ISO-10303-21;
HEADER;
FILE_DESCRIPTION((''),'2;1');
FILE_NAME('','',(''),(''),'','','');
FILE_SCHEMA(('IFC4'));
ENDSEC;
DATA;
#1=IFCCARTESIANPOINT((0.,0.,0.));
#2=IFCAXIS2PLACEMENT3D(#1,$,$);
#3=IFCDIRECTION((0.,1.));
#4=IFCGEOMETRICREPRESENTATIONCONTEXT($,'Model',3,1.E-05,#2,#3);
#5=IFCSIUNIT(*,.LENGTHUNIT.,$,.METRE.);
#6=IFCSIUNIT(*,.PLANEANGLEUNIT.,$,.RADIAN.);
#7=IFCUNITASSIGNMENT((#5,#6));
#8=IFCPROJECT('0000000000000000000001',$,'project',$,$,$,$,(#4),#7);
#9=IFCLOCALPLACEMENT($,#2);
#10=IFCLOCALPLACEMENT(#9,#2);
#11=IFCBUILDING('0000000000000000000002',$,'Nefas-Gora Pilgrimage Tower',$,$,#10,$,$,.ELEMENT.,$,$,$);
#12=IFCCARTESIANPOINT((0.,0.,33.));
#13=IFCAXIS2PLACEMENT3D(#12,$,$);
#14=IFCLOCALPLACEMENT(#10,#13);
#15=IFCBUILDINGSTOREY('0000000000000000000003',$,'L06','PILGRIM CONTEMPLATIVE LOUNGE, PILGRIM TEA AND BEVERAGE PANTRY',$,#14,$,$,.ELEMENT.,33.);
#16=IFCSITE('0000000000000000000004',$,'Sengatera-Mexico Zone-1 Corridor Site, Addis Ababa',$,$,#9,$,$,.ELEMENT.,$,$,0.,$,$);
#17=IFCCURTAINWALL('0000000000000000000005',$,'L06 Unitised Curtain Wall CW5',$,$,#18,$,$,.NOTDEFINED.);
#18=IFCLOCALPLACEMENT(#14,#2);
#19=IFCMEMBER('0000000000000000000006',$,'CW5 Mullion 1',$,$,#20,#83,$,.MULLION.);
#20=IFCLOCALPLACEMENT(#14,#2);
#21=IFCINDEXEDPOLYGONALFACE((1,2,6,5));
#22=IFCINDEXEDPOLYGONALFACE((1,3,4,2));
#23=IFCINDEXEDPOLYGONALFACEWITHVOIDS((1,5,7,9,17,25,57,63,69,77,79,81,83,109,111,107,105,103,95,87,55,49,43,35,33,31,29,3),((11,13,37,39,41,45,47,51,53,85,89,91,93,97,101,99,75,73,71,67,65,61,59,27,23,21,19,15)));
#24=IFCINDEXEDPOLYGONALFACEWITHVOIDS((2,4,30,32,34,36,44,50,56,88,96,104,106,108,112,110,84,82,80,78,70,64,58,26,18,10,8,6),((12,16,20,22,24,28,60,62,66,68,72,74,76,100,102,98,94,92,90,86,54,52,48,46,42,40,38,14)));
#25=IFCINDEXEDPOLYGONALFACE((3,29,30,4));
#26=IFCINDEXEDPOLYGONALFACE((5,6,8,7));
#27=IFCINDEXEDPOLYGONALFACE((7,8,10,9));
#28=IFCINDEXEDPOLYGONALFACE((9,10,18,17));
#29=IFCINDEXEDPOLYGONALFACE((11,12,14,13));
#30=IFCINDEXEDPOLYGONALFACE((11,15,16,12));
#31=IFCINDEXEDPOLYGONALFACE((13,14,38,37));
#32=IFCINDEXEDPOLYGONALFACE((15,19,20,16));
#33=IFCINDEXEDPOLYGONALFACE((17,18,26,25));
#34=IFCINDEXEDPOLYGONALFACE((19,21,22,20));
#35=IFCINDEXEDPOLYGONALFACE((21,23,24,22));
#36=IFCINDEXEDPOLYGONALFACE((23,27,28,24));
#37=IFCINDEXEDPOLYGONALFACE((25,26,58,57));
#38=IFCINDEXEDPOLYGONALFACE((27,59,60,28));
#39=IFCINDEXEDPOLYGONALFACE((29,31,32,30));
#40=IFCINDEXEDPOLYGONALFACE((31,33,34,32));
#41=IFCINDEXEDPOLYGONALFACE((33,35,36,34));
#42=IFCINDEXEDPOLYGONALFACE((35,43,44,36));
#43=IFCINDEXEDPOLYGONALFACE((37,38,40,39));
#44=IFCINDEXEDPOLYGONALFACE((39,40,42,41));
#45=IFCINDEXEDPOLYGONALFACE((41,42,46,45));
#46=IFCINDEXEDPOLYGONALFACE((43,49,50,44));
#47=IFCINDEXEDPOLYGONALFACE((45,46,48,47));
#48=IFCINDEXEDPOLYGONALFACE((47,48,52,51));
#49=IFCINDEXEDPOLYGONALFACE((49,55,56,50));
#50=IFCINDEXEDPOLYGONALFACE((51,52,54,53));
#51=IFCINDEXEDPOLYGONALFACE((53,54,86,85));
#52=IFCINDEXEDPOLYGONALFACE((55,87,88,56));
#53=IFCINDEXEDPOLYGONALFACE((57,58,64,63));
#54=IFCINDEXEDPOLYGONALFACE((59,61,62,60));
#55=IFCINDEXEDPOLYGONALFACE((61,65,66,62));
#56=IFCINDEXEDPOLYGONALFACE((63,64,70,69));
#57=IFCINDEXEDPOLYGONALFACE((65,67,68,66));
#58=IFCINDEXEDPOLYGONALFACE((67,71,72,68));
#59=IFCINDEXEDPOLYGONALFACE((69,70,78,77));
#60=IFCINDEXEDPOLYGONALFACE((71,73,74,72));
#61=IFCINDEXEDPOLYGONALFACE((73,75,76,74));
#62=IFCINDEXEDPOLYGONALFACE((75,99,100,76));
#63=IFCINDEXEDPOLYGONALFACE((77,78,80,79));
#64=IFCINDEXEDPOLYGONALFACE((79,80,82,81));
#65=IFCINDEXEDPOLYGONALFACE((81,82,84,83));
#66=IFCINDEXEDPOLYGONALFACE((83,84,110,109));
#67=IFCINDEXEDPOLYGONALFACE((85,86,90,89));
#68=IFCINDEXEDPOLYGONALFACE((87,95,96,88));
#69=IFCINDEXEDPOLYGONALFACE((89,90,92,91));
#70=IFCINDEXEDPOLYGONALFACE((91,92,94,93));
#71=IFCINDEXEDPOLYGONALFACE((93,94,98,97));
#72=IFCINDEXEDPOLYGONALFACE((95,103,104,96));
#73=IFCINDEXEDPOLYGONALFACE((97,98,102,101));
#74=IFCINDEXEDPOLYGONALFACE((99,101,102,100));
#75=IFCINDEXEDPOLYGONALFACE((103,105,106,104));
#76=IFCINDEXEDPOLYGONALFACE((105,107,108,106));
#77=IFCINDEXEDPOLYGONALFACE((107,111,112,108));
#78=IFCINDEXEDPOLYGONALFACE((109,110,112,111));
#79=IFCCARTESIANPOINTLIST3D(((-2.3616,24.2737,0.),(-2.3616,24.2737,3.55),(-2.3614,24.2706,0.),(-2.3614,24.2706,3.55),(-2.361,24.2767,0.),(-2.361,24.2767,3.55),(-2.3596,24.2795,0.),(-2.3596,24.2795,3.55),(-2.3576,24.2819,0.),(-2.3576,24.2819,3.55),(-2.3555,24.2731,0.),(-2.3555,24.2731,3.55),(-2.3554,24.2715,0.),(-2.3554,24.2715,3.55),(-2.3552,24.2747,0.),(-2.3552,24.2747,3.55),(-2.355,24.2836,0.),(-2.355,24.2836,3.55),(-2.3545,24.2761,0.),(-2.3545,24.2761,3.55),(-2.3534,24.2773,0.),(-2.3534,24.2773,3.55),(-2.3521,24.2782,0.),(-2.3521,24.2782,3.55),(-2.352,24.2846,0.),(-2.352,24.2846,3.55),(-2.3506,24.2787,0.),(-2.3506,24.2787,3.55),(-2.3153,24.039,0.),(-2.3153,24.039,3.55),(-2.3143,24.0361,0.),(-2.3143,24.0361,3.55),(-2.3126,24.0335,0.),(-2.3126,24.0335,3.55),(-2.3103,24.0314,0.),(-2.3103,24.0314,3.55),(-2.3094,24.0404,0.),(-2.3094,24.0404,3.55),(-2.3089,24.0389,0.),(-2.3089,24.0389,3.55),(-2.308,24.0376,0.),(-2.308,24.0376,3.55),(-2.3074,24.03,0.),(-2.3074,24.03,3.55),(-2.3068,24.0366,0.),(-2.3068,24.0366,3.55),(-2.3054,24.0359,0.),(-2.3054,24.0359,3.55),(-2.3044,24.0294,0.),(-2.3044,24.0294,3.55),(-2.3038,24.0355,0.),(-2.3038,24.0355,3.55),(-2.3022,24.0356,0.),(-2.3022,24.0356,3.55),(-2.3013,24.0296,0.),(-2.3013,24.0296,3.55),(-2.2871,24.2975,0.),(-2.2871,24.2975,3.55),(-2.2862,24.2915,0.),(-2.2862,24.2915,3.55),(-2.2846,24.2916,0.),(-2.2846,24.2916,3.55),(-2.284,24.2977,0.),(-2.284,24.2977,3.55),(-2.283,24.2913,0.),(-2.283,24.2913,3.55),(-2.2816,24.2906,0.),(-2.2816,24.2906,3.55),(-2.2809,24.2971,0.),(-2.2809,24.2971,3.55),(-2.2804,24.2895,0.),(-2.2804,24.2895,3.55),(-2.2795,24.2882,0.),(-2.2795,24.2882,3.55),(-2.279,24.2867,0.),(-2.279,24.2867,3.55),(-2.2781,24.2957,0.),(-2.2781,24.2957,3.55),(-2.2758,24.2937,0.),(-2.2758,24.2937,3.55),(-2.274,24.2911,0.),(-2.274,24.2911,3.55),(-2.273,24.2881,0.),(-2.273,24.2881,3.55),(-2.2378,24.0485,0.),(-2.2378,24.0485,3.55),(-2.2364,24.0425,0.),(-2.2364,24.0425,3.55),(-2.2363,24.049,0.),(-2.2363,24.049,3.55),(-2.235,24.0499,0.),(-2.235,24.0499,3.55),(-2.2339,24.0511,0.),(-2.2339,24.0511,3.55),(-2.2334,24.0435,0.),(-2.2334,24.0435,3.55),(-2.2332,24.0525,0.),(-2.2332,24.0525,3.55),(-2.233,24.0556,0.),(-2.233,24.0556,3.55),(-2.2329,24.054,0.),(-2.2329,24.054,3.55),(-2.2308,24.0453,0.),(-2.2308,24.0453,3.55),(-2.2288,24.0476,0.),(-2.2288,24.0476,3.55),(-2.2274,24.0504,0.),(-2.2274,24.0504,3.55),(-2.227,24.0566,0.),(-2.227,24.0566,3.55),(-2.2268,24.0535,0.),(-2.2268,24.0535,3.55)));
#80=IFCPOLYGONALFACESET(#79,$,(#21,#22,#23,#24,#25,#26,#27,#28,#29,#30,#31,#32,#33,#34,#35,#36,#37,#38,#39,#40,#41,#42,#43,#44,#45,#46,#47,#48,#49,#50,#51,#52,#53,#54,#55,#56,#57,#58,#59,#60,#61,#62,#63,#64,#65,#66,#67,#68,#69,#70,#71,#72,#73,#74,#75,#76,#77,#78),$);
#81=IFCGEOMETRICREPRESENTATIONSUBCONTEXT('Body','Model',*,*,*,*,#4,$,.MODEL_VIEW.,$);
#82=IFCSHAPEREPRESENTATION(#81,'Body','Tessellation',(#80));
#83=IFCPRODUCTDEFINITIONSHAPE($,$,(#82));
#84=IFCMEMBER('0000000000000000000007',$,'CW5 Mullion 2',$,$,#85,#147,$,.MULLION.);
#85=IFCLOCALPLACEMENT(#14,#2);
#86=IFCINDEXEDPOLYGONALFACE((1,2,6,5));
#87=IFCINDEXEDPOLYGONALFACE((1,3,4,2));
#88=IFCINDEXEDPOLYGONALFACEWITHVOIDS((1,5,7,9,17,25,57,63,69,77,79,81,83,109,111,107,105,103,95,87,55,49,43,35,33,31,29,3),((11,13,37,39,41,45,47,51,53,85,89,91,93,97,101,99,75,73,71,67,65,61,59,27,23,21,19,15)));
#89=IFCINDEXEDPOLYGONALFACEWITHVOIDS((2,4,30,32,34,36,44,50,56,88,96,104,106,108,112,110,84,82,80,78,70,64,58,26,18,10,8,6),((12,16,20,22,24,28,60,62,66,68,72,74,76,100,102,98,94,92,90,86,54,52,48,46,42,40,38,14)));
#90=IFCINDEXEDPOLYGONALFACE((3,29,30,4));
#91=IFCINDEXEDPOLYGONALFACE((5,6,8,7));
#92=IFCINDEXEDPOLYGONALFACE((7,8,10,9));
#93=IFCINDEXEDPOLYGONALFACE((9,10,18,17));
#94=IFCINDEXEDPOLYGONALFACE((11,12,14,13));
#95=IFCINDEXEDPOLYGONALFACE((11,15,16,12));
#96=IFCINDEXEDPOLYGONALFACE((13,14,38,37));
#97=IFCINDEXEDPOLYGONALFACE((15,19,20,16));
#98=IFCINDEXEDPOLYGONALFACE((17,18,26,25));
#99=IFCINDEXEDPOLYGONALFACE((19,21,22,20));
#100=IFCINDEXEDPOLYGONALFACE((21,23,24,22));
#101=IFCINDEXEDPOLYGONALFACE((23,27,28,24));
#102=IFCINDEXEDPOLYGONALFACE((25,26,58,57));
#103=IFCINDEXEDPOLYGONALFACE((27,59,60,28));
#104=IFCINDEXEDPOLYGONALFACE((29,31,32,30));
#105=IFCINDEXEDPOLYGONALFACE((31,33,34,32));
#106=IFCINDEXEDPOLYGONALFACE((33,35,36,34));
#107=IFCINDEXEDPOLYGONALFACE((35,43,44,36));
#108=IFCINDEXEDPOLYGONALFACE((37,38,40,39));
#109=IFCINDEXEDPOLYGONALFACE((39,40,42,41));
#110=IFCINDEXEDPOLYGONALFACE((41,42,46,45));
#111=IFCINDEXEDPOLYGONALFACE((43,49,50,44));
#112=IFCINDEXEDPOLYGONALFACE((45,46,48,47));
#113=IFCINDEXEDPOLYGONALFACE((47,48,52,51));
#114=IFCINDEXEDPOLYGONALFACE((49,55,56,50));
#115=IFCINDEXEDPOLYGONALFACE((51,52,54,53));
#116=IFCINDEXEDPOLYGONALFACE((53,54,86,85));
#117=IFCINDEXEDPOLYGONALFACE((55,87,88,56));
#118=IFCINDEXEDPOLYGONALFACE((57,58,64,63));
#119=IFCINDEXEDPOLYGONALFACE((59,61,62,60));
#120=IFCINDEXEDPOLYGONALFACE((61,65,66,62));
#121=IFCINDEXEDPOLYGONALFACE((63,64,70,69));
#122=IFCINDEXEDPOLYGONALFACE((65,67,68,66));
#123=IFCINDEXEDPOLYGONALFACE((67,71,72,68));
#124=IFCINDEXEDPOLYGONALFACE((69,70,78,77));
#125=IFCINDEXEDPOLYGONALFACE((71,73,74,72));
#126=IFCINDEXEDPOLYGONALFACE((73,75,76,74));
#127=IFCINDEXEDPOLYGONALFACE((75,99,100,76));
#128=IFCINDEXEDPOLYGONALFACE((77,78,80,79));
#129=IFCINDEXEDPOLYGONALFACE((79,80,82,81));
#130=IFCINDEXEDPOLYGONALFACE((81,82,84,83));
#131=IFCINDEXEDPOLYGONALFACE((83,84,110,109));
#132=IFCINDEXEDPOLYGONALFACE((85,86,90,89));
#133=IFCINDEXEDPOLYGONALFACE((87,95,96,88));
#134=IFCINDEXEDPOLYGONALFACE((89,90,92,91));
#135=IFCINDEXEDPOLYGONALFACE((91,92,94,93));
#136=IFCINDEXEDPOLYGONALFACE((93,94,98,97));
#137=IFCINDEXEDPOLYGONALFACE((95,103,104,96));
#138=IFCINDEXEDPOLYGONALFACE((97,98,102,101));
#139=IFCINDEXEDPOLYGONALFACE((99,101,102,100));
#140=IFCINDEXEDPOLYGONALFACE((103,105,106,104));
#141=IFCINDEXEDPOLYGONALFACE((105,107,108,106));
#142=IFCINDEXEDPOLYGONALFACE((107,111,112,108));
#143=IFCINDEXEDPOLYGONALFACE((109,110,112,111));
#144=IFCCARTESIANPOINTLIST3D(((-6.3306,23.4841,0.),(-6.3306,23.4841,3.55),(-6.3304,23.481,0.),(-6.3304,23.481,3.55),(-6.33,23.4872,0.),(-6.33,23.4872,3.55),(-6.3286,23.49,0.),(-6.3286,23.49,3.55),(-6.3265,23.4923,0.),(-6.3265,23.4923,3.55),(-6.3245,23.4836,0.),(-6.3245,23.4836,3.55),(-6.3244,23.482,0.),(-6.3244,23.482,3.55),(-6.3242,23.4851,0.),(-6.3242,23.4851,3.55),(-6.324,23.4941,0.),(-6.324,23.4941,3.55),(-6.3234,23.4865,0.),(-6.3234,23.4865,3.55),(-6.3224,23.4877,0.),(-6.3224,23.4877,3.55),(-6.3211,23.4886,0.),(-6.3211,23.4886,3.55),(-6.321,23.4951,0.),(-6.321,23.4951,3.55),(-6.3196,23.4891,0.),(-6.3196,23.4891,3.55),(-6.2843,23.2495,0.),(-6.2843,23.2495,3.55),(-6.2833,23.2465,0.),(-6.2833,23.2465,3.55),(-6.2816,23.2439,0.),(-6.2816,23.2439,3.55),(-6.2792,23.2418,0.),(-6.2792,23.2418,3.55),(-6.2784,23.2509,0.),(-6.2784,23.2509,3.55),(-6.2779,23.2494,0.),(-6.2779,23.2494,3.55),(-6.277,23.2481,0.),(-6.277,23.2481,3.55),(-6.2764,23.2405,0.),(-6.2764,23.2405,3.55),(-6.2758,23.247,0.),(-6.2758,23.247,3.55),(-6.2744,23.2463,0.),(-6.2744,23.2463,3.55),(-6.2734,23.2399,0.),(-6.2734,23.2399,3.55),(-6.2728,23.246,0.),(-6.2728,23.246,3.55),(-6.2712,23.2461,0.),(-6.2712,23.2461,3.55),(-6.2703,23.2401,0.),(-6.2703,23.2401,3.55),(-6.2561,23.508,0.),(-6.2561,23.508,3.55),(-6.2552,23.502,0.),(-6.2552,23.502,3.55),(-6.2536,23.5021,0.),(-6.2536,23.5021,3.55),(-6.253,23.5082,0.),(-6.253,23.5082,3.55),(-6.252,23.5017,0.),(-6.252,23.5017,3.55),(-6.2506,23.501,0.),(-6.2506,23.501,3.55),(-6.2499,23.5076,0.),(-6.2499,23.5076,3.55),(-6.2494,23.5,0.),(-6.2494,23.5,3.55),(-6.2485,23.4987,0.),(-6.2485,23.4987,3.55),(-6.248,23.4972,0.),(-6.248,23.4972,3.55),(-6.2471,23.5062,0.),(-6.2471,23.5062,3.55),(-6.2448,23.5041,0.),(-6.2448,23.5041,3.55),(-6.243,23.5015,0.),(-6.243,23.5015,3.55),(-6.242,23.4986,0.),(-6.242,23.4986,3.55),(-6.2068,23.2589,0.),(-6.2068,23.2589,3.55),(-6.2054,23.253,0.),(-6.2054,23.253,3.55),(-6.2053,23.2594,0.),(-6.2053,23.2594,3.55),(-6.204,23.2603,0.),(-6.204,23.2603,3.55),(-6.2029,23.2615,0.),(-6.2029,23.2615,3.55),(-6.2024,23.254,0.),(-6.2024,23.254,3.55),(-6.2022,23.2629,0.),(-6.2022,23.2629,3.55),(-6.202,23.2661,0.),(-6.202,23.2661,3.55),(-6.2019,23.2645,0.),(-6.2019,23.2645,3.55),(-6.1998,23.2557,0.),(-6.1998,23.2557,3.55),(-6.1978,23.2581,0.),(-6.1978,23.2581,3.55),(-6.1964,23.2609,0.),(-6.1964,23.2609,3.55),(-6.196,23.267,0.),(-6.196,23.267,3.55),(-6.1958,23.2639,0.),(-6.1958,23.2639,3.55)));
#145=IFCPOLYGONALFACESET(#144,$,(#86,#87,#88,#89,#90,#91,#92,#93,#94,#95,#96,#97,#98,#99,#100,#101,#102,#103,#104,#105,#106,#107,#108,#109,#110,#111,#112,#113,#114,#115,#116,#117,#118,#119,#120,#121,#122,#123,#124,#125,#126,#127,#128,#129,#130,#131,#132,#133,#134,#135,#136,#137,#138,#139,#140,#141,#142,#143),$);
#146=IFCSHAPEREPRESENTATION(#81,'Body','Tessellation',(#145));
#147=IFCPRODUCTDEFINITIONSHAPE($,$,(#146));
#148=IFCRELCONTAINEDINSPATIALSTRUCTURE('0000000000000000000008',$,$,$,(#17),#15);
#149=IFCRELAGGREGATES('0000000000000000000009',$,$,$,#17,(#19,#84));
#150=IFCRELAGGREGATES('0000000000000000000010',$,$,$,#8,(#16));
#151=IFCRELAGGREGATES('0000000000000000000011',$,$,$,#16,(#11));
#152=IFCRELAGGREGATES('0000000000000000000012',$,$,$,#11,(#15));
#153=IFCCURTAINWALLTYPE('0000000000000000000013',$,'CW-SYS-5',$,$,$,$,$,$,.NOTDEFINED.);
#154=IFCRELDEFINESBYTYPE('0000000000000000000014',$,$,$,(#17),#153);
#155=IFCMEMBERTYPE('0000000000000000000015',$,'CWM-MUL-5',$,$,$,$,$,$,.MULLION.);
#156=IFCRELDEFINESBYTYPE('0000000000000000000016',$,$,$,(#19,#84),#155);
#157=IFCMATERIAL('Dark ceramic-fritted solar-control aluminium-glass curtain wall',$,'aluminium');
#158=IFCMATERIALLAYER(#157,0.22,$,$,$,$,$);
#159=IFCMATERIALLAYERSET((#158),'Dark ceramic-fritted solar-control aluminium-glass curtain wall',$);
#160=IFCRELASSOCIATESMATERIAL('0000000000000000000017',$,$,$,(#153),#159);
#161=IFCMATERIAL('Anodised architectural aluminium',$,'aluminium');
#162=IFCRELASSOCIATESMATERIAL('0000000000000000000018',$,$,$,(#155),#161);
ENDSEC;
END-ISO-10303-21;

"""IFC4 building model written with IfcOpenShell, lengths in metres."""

from ifc_helpers import new_model, si_unit, direction, frame, origin, origin_2d, place, context, subcontext, project, spatial, hollow_rectangle, extrude, source, transform, mapped, material, layer, layer_set, material_profile, profile_set, type_object, element, aggregate, save


model = new_model("IFC4")

# Units and contexts
model_context = context("Model", 3, precision=1e-05, world=origin(), true_north=direction((0.0, 1.0)))
body_context = subcontext(model_context, "Body", "Model", "MODEL_VIEW")
ifc_project = project(units=[si_unit("LENGTHUNIT", "METRE"), si_unit("PLANEANGLEUNIT", "RADIAN")], contexts=[model_context])

# Site, building, storey
site_placement = place(None, origin())
site = spatial("IfcSite", under=ifc_project, at=site_placement, Name="Sengatera-Mexico Zone-1 Corridor Site, Addis Ababa", CompositionType="ELEMENT", RefElevation=0.0)
building_placement = place(site_placement, origin())
building = spatial("IfcBuilding", under=site, at=building_placement, Name="Nefas-Gora Pilgrimage Tower", CompositionType="ELEMENT")
storey_placement = place(building_placement, frame((0.0, 0.0, 33.0)))
storey = spatial("IfcBuildingStorey", under=building, at=storey_placement, Name="L06", Description="PILGRIM CONTEMPLATIVE LOUNGE, PILGRIM TEA AND BEVERAGE PANTRY", CompositionType="ELEMENT", Elevation=33.0)

# Shared definitions
ifc_material_1 = material(Name="Dark ceramic-fritted solar-control aluminium-glass curtain wall", Category="aluminium")
ifc_layer_1 = layer(ifc_material_1, 0.22)
ifc_layer_set_1 = layer_set([ifc_layer_1], Name="Dark ceramic-fritted solar-control aluminium-glass curtain wall")
curtain_wall_type = type_object("IfcCurtainWallType", Name="CW-SYS-5", PredefinedType="NOTDEFINED", material=ifc_layer_set_1)
ifc_material_2 = material(Name="Anodised architectural aluminium", Category="aluminium")
ifc_material_profile_1 = material_profile(ifc_material_2, hollow_rectangle(XDim=0.0901, YDim=0.26, WallThickness=0.0061, InnerFilletRadius=0.0061, OuterFilletRadius=0.012, at=origin_2d()), Name="ALU MULLION 90x260")
ifc_profile_set_1 = profile_set([ifc_material_profile_1], Name="Anodised architectural aluminium")
member_type_1 = type_object("IfcMemberType", Name="CWM-MUL-5", PredefinedType="MULLION", material=ifc_profile_set_1)
shared_shape_1 = source(origin(), body_context, "Body", "SweptSolid", [
    extrude(hollow_rectangle(XDim=0.0901, YDim=0.26, WallThickness=0.0061, InnerFilletRadius=0.0061, OuterFilletRadius=0.012, at=origin_2d()), origin(), (0.0, 0.0, 1.0), 3.55),
])

# Curtain wall, members
curtain_wall_1_placement = place(storey_placement, origin())
curtain_wall_1 = element("IfcCurtainWall", 1, at=curtain_wall_1_placement, inside=storey, type_object=curtain_wall_type, Name="L06 Unitised Curtain Wall CW5", PredefinedType="NOTDEFINED")
member_1_placement = place(storey_placement, frame((-2.2942, 24.1636, 0.0), z_axis=(0.0, 0.0, 1.0), x_axis=(-0.980783, -0.195102, 0.0)))
member_1 = element("IfcMember", 2, at=member_1_placement, type_object=member_type_1, Name="CW5 Mullion 1", PredefinedType="MULLION", context=body_context, shape_type="MappedRepresentation", body=[
    mapped(shared_shape_1, transform((0.0, 0.0, 0.0), x_axis=(1.0, 0.0, 0.0), y_axis=(0.0, 1.0, 0.0), z_axis=(0.0, 0.0, 1.0), scale=1.0)),
])
member_2_placement = place(storey_placement, frame((-6.2632, 23.374, 0.0), z_axis=(0.0, 0.0, 1.0), x_axis=(-0.980783, -0.195102, 0.0)))
member_2 = element("IfcMember", 3, at=member_2_placement, type_object=member_type_1, Name="CW5 Mullion 2", PredefinedType="MULLION", context=body_context, shape_type="MappedRepresentation", body=[
    mapped(shared_shape_1, transform((0.0, 0.0, 0.0), x_axis=(1.0, 0.0, 0.0), y_axis=(0.0, 1.0, 0.0), z_axis=(0.0, 0.0, 1.0), scale=1.0)),
])

aggregate(curtain_wall_1, [member_1, member_2])

save(model, "model.ifc")
